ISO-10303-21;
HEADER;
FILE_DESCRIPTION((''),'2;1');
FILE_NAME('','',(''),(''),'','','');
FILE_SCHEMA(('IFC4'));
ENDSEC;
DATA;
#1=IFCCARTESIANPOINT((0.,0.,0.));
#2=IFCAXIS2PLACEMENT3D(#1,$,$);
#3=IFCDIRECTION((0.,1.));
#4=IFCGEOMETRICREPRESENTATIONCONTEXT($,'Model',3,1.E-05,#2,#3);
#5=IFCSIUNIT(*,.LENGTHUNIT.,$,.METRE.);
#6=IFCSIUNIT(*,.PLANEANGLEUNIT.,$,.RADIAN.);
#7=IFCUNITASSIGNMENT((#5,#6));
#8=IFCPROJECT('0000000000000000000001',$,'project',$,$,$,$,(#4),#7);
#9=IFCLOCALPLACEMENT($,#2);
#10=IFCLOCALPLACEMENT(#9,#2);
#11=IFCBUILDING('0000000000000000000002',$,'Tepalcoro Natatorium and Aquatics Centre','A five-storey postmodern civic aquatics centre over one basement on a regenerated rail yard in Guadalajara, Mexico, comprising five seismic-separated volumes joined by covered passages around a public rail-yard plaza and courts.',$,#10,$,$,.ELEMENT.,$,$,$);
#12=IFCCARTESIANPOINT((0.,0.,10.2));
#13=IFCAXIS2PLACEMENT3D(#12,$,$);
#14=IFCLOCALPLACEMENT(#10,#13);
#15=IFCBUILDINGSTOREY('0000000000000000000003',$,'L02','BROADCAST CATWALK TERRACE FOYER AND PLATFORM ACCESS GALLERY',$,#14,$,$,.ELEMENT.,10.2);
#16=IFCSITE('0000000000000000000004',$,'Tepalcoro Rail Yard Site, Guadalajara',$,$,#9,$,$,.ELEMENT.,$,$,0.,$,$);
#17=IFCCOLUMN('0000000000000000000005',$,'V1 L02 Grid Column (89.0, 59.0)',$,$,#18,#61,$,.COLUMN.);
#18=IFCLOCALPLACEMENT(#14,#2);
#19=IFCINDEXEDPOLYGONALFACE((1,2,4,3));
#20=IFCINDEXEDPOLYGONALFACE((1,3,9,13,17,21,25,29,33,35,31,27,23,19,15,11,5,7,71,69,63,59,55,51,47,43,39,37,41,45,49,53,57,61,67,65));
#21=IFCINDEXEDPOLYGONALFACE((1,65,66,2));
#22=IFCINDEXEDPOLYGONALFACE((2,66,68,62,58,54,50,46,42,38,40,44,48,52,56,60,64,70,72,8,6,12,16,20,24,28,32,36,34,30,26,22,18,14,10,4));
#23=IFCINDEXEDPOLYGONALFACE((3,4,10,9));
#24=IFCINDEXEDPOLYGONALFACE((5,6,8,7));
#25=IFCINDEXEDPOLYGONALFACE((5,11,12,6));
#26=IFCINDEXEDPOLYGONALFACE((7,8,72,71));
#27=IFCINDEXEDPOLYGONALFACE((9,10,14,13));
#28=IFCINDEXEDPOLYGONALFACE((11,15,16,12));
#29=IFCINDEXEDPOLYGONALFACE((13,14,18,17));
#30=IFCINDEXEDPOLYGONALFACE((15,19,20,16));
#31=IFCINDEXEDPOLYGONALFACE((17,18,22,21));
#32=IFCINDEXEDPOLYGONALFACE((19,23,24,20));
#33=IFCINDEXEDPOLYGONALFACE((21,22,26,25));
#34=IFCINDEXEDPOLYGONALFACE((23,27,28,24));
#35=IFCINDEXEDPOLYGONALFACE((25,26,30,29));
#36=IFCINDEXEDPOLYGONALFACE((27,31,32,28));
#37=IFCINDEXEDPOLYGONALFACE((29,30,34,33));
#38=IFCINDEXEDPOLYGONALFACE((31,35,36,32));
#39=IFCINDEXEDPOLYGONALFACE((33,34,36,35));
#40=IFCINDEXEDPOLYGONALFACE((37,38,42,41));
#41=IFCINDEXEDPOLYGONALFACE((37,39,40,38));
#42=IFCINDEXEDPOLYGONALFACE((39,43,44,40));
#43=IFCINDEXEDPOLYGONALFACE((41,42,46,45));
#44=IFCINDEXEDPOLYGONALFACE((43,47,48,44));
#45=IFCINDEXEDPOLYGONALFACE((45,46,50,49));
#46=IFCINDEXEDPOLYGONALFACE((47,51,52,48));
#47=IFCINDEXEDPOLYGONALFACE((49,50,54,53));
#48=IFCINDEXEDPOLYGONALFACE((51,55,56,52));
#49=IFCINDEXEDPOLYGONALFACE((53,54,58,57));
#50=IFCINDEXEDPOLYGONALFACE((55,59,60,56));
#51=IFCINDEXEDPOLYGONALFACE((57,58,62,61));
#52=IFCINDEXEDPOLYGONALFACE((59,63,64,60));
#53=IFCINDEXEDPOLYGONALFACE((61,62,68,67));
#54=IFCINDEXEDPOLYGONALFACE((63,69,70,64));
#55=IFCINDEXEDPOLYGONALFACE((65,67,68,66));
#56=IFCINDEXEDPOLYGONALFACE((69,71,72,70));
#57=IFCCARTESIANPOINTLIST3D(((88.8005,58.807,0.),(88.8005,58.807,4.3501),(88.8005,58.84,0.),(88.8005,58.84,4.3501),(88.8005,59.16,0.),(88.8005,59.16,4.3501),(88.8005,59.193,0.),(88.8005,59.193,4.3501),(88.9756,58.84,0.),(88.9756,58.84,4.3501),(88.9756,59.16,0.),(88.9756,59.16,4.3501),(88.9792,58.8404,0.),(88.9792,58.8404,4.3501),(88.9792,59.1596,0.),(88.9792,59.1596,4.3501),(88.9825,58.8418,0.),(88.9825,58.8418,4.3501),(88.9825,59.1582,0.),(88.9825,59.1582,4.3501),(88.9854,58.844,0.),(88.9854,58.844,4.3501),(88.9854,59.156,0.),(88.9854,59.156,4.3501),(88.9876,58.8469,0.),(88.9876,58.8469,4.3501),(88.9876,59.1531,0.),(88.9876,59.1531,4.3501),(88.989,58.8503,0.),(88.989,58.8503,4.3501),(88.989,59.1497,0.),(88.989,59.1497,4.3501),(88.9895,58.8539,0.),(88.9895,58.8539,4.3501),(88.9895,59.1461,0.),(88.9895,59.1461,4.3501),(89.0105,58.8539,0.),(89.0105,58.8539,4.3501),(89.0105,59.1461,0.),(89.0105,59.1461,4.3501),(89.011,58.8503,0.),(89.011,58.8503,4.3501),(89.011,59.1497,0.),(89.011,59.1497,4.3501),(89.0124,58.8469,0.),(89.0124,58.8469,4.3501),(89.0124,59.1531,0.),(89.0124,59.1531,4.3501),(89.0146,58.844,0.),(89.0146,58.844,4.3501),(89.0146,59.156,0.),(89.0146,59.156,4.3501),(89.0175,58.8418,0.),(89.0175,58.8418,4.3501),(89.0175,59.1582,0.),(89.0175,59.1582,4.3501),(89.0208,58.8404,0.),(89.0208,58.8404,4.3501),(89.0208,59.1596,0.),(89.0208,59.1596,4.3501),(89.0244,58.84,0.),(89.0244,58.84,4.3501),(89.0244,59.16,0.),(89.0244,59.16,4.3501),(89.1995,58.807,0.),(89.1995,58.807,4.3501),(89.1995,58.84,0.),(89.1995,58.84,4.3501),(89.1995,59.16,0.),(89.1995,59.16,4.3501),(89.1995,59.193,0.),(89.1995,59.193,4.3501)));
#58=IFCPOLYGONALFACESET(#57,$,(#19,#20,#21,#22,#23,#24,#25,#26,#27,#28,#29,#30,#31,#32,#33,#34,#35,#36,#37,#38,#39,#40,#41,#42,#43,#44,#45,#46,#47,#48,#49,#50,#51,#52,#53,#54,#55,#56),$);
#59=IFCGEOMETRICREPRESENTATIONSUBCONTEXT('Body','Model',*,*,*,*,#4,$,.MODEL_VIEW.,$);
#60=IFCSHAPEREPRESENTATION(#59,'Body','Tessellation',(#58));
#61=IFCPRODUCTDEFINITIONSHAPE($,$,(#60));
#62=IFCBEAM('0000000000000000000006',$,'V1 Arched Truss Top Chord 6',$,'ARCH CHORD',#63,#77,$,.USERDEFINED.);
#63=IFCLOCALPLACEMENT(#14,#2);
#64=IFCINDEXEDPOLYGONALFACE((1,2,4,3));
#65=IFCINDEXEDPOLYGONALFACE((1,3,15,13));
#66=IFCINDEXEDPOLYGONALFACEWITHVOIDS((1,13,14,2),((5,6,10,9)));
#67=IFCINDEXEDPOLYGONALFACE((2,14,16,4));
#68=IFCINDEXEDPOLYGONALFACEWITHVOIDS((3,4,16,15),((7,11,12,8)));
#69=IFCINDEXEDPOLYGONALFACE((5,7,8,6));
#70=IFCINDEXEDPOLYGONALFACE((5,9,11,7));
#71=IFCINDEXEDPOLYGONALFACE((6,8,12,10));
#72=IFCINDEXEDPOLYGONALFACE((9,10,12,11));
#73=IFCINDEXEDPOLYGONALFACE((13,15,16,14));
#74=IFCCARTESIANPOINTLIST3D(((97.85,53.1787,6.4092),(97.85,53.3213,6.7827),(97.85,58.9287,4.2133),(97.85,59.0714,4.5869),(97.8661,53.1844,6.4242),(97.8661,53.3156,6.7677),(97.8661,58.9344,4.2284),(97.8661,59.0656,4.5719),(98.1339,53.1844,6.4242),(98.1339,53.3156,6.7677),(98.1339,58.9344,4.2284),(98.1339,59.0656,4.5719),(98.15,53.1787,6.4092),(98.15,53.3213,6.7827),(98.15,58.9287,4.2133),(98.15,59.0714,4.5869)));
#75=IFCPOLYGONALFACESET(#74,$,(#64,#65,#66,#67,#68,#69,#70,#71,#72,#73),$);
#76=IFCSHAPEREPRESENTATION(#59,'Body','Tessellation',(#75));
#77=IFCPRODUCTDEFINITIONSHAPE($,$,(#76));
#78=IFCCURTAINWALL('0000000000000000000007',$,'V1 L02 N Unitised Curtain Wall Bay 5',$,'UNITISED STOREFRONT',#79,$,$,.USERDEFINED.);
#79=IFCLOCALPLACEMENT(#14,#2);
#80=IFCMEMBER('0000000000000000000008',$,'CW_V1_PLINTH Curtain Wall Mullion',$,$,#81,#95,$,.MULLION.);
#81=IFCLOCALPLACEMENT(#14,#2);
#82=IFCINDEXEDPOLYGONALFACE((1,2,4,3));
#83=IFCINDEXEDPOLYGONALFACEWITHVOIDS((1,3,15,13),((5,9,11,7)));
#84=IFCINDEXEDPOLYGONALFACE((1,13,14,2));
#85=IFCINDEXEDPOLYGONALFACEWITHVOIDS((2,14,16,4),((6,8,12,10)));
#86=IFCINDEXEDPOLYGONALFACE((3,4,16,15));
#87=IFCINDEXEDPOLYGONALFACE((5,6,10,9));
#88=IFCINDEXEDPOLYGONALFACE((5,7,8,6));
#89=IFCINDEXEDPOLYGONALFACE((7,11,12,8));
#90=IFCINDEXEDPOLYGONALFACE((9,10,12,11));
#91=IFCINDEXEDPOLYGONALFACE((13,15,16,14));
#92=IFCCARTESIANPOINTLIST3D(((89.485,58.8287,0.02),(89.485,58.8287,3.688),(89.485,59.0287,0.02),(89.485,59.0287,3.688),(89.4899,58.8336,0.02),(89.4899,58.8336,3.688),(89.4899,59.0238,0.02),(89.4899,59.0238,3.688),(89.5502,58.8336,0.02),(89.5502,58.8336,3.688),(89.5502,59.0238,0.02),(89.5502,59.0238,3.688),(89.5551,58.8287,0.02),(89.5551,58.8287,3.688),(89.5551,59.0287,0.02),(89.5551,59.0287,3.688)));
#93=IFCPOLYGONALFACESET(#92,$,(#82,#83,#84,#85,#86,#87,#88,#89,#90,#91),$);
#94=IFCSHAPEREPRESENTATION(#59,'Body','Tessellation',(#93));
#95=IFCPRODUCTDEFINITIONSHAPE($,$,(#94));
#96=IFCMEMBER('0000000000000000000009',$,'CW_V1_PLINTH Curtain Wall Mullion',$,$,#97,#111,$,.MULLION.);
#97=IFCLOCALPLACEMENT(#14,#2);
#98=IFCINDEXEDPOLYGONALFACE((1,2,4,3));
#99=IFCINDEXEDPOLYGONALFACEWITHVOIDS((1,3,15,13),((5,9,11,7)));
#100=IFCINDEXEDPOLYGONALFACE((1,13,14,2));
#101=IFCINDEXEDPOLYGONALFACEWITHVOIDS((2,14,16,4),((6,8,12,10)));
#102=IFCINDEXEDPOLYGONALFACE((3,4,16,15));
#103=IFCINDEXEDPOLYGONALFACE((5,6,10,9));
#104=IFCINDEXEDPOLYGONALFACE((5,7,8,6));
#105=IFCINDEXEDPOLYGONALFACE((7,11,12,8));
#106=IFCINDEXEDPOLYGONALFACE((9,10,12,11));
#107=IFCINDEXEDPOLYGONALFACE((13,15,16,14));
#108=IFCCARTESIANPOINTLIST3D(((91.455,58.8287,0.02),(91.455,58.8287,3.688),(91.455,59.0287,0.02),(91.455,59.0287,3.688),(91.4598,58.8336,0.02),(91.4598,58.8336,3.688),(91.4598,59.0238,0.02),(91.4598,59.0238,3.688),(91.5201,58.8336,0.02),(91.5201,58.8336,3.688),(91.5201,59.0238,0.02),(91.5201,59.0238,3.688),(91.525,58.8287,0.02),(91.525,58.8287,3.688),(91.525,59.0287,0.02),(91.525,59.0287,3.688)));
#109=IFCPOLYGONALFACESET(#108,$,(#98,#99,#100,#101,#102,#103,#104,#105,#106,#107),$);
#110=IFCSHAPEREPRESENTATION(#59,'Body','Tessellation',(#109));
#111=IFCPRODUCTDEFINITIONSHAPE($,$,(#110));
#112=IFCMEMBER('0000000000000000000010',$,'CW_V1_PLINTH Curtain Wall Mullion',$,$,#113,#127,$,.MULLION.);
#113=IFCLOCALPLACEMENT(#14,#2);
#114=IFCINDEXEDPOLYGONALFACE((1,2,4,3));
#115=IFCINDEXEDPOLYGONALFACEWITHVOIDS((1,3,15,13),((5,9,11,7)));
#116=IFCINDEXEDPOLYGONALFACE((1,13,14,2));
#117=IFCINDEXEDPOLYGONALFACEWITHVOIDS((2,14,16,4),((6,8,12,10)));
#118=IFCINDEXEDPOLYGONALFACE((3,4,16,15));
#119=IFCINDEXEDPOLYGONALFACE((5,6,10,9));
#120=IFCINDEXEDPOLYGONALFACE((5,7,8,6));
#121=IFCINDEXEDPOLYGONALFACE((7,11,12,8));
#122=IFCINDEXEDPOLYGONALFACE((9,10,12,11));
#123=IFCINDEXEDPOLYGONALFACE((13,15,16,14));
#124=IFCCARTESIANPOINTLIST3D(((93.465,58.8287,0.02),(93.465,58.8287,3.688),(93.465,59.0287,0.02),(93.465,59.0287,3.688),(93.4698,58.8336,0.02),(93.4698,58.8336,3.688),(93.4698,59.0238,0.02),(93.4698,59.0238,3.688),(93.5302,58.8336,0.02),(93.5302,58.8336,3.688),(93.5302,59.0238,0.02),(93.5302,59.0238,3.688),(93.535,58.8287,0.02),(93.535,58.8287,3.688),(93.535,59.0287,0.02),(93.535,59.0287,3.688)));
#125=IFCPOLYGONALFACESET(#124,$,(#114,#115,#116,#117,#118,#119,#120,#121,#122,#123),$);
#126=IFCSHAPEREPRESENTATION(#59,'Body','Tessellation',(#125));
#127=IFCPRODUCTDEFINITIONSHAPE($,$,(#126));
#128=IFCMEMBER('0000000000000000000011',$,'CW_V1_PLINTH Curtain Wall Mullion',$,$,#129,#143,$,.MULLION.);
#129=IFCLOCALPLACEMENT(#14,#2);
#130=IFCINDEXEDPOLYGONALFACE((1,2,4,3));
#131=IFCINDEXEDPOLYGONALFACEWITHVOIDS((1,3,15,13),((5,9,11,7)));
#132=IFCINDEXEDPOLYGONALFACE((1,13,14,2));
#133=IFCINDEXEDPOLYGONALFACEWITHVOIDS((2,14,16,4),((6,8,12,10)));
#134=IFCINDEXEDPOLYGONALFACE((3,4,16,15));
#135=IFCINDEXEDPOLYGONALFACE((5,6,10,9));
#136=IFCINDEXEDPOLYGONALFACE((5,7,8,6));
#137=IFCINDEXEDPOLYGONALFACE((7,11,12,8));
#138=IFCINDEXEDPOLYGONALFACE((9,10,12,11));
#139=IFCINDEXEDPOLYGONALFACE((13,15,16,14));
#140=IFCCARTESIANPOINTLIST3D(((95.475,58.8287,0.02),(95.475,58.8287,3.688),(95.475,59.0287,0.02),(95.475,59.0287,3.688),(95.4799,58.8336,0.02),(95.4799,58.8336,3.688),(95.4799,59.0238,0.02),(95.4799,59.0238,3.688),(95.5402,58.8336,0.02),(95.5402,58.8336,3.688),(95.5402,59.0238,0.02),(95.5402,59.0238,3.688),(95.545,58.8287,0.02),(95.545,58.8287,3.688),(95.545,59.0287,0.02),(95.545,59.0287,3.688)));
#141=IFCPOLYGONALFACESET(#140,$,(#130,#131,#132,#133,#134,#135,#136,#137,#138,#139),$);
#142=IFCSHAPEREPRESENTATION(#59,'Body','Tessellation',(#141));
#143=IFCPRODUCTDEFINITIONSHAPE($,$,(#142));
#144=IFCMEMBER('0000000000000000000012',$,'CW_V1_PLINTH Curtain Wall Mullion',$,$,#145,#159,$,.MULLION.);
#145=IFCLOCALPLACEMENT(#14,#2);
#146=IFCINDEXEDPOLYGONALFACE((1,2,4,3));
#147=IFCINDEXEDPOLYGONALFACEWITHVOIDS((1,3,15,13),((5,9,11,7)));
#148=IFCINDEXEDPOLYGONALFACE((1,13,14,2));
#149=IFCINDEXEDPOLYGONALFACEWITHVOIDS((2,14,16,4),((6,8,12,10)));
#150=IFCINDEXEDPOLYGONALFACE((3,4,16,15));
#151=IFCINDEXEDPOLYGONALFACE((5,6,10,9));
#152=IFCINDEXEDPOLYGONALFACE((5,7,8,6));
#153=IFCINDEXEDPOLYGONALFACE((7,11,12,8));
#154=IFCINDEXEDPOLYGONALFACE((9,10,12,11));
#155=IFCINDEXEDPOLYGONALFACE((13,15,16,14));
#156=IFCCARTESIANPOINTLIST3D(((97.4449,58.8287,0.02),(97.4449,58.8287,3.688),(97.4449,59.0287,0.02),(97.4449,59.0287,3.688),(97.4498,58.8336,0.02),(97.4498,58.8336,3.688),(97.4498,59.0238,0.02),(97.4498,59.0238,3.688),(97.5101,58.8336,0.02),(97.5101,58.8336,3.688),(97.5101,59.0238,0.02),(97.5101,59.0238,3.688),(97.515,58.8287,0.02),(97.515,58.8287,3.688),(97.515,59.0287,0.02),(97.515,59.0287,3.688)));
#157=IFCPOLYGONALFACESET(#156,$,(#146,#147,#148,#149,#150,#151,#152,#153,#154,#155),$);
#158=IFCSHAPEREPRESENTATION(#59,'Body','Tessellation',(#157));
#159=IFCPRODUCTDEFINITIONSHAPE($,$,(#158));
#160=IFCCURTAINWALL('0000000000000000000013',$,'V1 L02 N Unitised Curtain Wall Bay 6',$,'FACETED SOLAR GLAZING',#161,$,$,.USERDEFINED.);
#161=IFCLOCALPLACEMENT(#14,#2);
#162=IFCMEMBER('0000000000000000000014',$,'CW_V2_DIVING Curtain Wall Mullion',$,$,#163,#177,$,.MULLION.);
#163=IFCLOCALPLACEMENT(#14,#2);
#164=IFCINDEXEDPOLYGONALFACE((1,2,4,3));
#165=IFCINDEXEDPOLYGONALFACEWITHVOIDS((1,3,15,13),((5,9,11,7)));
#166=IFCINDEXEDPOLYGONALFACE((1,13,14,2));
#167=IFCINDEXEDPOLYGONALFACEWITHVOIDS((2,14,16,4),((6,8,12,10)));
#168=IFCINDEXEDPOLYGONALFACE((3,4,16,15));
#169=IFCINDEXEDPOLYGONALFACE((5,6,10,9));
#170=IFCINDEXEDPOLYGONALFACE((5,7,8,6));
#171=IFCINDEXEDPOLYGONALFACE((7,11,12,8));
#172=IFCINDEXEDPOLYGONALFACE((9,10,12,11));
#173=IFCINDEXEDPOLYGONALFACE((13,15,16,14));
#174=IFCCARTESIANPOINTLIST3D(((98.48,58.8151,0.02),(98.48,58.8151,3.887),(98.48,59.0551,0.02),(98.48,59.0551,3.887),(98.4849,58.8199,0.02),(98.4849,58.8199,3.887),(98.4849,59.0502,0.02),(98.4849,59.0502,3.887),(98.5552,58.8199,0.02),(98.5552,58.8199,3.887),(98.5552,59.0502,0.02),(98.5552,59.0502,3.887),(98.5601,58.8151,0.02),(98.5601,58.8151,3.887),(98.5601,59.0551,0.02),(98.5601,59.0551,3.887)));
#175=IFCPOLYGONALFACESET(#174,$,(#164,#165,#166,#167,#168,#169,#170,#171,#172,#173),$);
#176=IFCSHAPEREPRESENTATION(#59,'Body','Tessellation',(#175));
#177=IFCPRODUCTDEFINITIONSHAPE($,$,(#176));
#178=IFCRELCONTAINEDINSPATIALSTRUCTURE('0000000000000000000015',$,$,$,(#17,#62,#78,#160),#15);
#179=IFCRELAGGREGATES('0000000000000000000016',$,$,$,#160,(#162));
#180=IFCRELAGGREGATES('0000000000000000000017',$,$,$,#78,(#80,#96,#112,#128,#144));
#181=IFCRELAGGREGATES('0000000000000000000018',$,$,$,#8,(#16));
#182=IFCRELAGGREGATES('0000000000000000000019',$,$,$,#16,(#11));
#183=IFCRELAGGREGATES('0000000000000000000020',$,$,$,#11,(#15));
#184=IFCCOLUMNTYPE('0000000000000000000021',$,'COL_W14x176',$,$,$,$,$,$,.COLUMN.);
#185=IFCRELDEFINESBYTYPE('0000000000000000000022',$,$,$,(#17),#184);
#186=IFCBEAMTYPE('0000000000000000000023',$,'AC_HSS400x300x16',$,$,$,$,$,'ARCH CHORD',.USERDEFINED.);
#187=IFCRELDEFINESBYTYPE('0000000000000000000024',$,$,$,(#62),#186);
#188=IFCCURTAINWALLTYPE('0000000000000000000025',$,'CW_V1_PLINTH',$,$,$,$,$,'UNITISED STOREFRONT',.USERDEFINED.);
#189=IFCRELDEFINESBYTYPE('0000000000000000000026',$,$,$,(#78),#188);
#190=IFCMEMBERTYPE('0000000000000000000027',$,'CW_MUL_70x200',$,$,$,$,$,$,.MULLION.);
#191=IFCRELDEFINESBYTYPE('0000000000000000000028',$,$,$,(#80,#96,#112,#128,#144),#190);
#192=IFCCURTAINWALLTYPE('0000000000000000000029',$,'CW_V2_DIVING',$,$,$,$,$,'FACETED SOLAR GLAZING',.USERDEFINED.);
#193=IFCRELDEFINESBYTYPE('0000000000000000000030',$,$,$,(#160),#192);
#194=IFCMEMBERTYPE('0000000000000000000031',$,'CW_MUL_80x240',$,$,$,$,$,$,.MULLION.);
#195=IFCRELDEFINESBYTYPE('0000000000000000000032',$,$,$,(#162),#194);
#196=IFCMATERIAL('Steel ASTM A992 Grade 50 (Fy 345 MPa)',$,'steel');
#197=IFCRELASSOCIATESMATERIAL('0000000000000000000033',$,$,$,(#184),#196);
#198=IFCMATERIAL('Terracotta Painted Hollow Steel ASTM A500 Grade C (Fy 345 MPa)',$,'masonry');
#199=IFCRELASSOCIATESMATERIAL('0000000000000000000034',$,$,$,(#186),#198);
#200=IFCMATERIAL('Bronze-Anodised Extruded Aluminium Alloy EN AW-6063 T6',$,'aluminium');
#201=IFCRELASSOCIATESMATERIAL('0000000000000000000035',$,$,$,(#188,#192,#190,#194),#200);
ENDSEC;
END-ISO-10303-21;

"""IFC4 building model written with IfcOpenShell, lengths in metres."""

from ifc_helpers import new_model, si_unit, direction, frame, origin, origin_2d, place, context, subcontext, project, spatial, hollow_rectangle, i_section, extrude, material, material_profile, profile_set, type_object, element, aggregate, save


model = new_model("IFC4")

# Units and contexts
model_context = context("Model", 3, precision=1e-05, world=origin(), true_north=direction((0.0, 1.0)))
body_context = subcontext(model_context, "Body", "Model", "MODEL_VIEW")
ifc_project = project(units=[si_unit("LENGTHUNIT", "METRE"), si_unit("PLANEANGLEUNIT", "RADIAN")], contexts=[model_context])

# Site, building, storey
site_placement = place(None, origin())
site = spatial("IfcSite", under=ifc_project, at=site_placement, Name="Tepalcoro Rail Yard Site, Guadalajara", CompositionType="ELEMENT", RefElevation=0.0)
building_placement = place(site_placement, origin())
building = spatial("IfcBuilding", under=site, at=building_placement, Name="Tepalcoro Natatorium and Aquatics Centre", Description="A five-storey postmodern civic aquatics centre over one basement on a regenerated rail yard in Guadalajara, Mexico, comprising five seismic-separated volumes joined by covered passages around a public rail-yard plaza and courts.", CompositionType="ELEMENT")
storey_placement = place(building_placement, frame((0.0, 0.0, 10.2)))
storey = spatial("IfcBuildingStorey", under=building, at=storey_placement, Name="L02", Description="BROADCAST CATWALK TERRACE FOYER AND PLATFORM ACCESS GALLERY", CompositionType="ELEMENT", Elevation=10.2)

# Column
ifc_material_1 = material(Name="Steel ASTM A992 Grade 50 (Fy 345 MPa)", Category="steel")
ifc_material_profile_1 = material_profile(ifc_material_1, i_section(OverallWidth=0.3989, OverallDepth=0.386, WebThickness=0.021, FlangeThickness=0.033, FilletRadius=0.0139, at=origin_2d()), Name="W14X176")
ifc_profile_set_1 = profile_set([ifc_material_profile_1], Name="Steel ASTM A992 Grade 50 (Fy 345 MPa)")
column_type = type_object("IfcColumnType", Name="COL_W14x176", PredefinedType="COLUMN", material=ifc_profile_set_1)
column_placement = place(storey_placement, frame((89.0, 59.0, 0.0), z_axis=(0.0, 0.0, 1.0), x_axis=(1.0, 0.0, 0.0)))
element("IfcColumn", 1, at=column_placement, inside=storey, type_object=column_type, Name="V1 L02 Grid Column (89.0, 59.0)", PredefinedType="COLUMN", context=body_context, shape_type="SweptSolid", body=[
    extrude(i_section(OverallWidth=0.3989, OverallDepth=0.386, WebThickness=0.021, FlangeThickness=0.033, FilletRadius=0.0139, at=origin_2d()), origin(), (0.0, 0.0, 1.0), 4.3501),
])

# Beam
ifc_material_2 = material(Name="Terracotta Painted Hollow Steel ASTM A500 Grade C (Fy 345 MPa)", Category="masonry")
ifc_material_profile_2 = material_profile(ifc_material_2, hollow_rectangle(XDim=0.3, YDim=0.3999, WallThickness=0.0161, at=origin_2d()), Name="HSS400X300X16")
ifc_profile_set_2 = profile_set([ifc_material_profile_2], Name="Terracotta Painted Hollow Steel ASTM A500 Grade C (Fy 345 MPa)")
beam_type_1 = type_object("IfcBeamType", Name="AC_HSS400x300x16", ElementType="ARCH CHORD", PredefinedType="USERDEFINED", material=ifc_profile_set_2)
beam_1_placement = place(storey_placement, frame((98.0, 53.25, 6.5959), z_axis=(0.0, 0.9342, -0.356751), x_axis=(-1.0, 0.0, 0.0)))
element("IfcBeam", 2, at=beam_1_placement, inside=storey, type_object=beam_type_1, Name="V1 Arched Truss Top Chord 6", ObjectType="ARCH CHORD", PredefinedType="USERDEFINED", context=body_context, shape_type="SweptSolid", body=[
    extrude(hollow_rectangle(XDim=0.3, YDim=0.3999, WallThickness=0.0161, at=origin_2d()), origin(), (0.0, 0.0, 1.0), 6.155),
])

# Curtain wall, members
ifc_material_3 = material(Name="Bronze-Anodised Extruded Aluminium Alloy EN AW-6063 T6", Category="aluminium")
curtain_wall_type_1 = type_object("IfcCurtainWallType", Name="CW_V1_PLINTH", ElementType="UNITISED STOREFRONT", PredefinedType="USERDEFINED", material=ifc_material_3)
curtain_wall_1_placement = place(storey_placement, origin())
curtain_wall_1 = element("IfcCurtainWall", 3, at=curtain_wall_1_placement, inside=storey, type_object=curtain_wall_type_1, Name="V1 L02 N Unitised Curtain Wall Bay 5", ObjectType="UNITISED STOREFRONT", PredefinedType="USERDEFINED")
ifc_material_profile_3 = material_profile(ifc_material_3, hollow_rectangle(XDim=0.0701, YDim=0.2, WallThickness=0.0049, at=origin_2d()), Name="AL70X200X5")
ifc_profile_set_3 = profile_set([ifc_material_profile_3], Name="Bronze-Anodised Extruded Aluminium Alloy EN AW-6063 T6")
member_type_1 = type_object("IfcMemberType", Name="CW_MUL_70x200", PredefinedType="MULLION", material=ifc_profile_set_3)
member_1_placement = place(storey_placement, frame((89.52, 58.9287, 0.02), z_axis=(0.0, 0.0, 1.0), x_axis=(1.0, 0.0, 0.0)))
member_1 = element("IfcMember", 4, at=member_1_placement, type_object=member_type_1, Name="CW_V1_PLINTH Curtain Wall Mullion", PredefinedType="MULLION", context=body_context, shape_type="SweptSolid", body=[
    extrude(hollow_rectangle(XDim=0.0701, YDim=0.2, WallThickness=0.0049, at=origin_2d()), origin(), (0.0, 0.0, 1.0), 3.668),
])
member_2_placement = place(storey_placement, frame((91.49, 58.9287, 0.02), z_axis=(0.0, 0.0, 1.0), x_axis=(1.0, 0.0, 0.0)))
member_2 = element("IfcMember", 5, at=member_2_placement, type_object=member_type_1, Name="CW_V1_PLINTH Curtain Wall Mullion", PredefinedType="MULLION", context=body_context, shape_type="SweptSolid", body=[
    extrude(hollow_rectangle(XDim=0.0701, YDim=0.2, WallThickness=0.0049, at=origin_2d()), origin(), (0.0, 0.0, 1.0), 3.668),
])
member_3_placement = place(storey_placement, frame((93.5, 58.9287, 0.02), z_axis=(0.0, 0.0, 1.0), x_axis=(1.0, 0.0, 0.0)))
member_3 = element("IfcMember", 6, at=member_3_placement, type_object=member_type_1, Name="CW_V1_PLINTH Curtain Wall Mullion", PredefinedType="MULLION", context=body_context, shape_type="SweptSolid", body=[
    extrude(hollow_rectangle(XDim=0.0701, YDim=0.2, WallThickness=0.0049, at=origin_2d()), origin(), (0.0, 0.0, 1.0), 3.668),
])
member_4_placement = place(storey_placement, frame((95.51, 58.9287, 0.02), z_axis=(0.0, 0.0, 1.0), x_axis=(1.0, 0.0, 0.0)))
member_4 = element("IfcMember", 7, at=member_4_placement, type_object=member_type_1, Name="CW_V1_PLINTH Curtain Wall Mullion", PredefinedType="MULLION", context=body_context, shape_type="SweptSolid", body=[
    extrude(hollow_rectangle(XDim=0.0701, YDim=0.2, WallThickness=0.0049, at=origin_2d()), origin(), (0.0, 0.0, 1.0), 3.668),
])
member_5_placement = place(storey_placement, frame((97.48, 58.9287, 0.02), z_axis=(0.0, 0.0, 1.0), x_axis=(1.0, 0.0, 0.0)))
member_5 = element("IfcMember", 8, at=member_5_placement, type_object=member_type_1, Name="CW_V1_PLINTH Curtain Wall Mullion", PredefinedType="MULLION", context=body_context, shape_type="SweptSolid", body=[
    extrude(hollow_rectangle(XDim=0.0701, YDim=0.2, WallThickness=0.0049, at=origin_2d()), origin(), (0.0, 0.0, 1.0), 3.668),
])

# Curtain wall, member
curtain_wall_type_2 = type_object("IfcCurtainWallType", Name="CW_V2_DIVING", ElementType="FACETED SOLAR GLAZING", PredefinedType="USERDEFINED", material=ifc_material_3)
curtain_wall_2_placement = place(storey_placement, origin())
curtain_wall_2 = element("IfcCurtainWall", 9, at=curtain_wall_2_placement, inside=storey, type_object=curtain_wall_type_2, Name="V1 L02 N Unitised Curtain Wall Bay 6", ObjectType="FACETED SOLAR GLAZING", PredefinedType="USERDEFINED")
ifc_material_profile_4 = material_profile(ifc_material_3, hollow_rectangle(XDim=0.0801, YDim=0.24, WallThickness=0.0049, at=origin_2d()), Name="AL80X240X5")
ifc_profile_set_4 = profile_set([ifc_material_profile_4], Name="Bronze-Anodised Extruded Aluminium Alloy EN AW-6063 T6")
member_type_2 = type_object("IfcMemberType", Name="CW_MUL_80x240", PredefinedType="MULLION", material=ifc_profile_set_4)
member_6_placement = place(storey_placement, frame((98.52, 58.9351, 0.02), z_axis=(0.0, 0.0, 1.0), x_axis=(1.0, 0.0, 0.0)))
member_6 = element("IfcMember", 10, at=member_6_placement, type_object=member_type_2, Name="CW_V2_DIVING Curtain Wall Mullion", PredefinedType="MULLION", context=body_context, shape_type="SweptSolid", body=[
    extrude(hollow_rectangle(XDim=0.0801, YDim=0.24, WallThickness=0.0049, at=origin_2d()), origin(), (0.0, 0.0, 1.0), 3.8669),
])

aggregate(curtain_wall_2, [member_6])

aggregate(curtain_wall_1, [member_1, member_2, member_3, member_4, member_5])

save(model, "model.ifc")
